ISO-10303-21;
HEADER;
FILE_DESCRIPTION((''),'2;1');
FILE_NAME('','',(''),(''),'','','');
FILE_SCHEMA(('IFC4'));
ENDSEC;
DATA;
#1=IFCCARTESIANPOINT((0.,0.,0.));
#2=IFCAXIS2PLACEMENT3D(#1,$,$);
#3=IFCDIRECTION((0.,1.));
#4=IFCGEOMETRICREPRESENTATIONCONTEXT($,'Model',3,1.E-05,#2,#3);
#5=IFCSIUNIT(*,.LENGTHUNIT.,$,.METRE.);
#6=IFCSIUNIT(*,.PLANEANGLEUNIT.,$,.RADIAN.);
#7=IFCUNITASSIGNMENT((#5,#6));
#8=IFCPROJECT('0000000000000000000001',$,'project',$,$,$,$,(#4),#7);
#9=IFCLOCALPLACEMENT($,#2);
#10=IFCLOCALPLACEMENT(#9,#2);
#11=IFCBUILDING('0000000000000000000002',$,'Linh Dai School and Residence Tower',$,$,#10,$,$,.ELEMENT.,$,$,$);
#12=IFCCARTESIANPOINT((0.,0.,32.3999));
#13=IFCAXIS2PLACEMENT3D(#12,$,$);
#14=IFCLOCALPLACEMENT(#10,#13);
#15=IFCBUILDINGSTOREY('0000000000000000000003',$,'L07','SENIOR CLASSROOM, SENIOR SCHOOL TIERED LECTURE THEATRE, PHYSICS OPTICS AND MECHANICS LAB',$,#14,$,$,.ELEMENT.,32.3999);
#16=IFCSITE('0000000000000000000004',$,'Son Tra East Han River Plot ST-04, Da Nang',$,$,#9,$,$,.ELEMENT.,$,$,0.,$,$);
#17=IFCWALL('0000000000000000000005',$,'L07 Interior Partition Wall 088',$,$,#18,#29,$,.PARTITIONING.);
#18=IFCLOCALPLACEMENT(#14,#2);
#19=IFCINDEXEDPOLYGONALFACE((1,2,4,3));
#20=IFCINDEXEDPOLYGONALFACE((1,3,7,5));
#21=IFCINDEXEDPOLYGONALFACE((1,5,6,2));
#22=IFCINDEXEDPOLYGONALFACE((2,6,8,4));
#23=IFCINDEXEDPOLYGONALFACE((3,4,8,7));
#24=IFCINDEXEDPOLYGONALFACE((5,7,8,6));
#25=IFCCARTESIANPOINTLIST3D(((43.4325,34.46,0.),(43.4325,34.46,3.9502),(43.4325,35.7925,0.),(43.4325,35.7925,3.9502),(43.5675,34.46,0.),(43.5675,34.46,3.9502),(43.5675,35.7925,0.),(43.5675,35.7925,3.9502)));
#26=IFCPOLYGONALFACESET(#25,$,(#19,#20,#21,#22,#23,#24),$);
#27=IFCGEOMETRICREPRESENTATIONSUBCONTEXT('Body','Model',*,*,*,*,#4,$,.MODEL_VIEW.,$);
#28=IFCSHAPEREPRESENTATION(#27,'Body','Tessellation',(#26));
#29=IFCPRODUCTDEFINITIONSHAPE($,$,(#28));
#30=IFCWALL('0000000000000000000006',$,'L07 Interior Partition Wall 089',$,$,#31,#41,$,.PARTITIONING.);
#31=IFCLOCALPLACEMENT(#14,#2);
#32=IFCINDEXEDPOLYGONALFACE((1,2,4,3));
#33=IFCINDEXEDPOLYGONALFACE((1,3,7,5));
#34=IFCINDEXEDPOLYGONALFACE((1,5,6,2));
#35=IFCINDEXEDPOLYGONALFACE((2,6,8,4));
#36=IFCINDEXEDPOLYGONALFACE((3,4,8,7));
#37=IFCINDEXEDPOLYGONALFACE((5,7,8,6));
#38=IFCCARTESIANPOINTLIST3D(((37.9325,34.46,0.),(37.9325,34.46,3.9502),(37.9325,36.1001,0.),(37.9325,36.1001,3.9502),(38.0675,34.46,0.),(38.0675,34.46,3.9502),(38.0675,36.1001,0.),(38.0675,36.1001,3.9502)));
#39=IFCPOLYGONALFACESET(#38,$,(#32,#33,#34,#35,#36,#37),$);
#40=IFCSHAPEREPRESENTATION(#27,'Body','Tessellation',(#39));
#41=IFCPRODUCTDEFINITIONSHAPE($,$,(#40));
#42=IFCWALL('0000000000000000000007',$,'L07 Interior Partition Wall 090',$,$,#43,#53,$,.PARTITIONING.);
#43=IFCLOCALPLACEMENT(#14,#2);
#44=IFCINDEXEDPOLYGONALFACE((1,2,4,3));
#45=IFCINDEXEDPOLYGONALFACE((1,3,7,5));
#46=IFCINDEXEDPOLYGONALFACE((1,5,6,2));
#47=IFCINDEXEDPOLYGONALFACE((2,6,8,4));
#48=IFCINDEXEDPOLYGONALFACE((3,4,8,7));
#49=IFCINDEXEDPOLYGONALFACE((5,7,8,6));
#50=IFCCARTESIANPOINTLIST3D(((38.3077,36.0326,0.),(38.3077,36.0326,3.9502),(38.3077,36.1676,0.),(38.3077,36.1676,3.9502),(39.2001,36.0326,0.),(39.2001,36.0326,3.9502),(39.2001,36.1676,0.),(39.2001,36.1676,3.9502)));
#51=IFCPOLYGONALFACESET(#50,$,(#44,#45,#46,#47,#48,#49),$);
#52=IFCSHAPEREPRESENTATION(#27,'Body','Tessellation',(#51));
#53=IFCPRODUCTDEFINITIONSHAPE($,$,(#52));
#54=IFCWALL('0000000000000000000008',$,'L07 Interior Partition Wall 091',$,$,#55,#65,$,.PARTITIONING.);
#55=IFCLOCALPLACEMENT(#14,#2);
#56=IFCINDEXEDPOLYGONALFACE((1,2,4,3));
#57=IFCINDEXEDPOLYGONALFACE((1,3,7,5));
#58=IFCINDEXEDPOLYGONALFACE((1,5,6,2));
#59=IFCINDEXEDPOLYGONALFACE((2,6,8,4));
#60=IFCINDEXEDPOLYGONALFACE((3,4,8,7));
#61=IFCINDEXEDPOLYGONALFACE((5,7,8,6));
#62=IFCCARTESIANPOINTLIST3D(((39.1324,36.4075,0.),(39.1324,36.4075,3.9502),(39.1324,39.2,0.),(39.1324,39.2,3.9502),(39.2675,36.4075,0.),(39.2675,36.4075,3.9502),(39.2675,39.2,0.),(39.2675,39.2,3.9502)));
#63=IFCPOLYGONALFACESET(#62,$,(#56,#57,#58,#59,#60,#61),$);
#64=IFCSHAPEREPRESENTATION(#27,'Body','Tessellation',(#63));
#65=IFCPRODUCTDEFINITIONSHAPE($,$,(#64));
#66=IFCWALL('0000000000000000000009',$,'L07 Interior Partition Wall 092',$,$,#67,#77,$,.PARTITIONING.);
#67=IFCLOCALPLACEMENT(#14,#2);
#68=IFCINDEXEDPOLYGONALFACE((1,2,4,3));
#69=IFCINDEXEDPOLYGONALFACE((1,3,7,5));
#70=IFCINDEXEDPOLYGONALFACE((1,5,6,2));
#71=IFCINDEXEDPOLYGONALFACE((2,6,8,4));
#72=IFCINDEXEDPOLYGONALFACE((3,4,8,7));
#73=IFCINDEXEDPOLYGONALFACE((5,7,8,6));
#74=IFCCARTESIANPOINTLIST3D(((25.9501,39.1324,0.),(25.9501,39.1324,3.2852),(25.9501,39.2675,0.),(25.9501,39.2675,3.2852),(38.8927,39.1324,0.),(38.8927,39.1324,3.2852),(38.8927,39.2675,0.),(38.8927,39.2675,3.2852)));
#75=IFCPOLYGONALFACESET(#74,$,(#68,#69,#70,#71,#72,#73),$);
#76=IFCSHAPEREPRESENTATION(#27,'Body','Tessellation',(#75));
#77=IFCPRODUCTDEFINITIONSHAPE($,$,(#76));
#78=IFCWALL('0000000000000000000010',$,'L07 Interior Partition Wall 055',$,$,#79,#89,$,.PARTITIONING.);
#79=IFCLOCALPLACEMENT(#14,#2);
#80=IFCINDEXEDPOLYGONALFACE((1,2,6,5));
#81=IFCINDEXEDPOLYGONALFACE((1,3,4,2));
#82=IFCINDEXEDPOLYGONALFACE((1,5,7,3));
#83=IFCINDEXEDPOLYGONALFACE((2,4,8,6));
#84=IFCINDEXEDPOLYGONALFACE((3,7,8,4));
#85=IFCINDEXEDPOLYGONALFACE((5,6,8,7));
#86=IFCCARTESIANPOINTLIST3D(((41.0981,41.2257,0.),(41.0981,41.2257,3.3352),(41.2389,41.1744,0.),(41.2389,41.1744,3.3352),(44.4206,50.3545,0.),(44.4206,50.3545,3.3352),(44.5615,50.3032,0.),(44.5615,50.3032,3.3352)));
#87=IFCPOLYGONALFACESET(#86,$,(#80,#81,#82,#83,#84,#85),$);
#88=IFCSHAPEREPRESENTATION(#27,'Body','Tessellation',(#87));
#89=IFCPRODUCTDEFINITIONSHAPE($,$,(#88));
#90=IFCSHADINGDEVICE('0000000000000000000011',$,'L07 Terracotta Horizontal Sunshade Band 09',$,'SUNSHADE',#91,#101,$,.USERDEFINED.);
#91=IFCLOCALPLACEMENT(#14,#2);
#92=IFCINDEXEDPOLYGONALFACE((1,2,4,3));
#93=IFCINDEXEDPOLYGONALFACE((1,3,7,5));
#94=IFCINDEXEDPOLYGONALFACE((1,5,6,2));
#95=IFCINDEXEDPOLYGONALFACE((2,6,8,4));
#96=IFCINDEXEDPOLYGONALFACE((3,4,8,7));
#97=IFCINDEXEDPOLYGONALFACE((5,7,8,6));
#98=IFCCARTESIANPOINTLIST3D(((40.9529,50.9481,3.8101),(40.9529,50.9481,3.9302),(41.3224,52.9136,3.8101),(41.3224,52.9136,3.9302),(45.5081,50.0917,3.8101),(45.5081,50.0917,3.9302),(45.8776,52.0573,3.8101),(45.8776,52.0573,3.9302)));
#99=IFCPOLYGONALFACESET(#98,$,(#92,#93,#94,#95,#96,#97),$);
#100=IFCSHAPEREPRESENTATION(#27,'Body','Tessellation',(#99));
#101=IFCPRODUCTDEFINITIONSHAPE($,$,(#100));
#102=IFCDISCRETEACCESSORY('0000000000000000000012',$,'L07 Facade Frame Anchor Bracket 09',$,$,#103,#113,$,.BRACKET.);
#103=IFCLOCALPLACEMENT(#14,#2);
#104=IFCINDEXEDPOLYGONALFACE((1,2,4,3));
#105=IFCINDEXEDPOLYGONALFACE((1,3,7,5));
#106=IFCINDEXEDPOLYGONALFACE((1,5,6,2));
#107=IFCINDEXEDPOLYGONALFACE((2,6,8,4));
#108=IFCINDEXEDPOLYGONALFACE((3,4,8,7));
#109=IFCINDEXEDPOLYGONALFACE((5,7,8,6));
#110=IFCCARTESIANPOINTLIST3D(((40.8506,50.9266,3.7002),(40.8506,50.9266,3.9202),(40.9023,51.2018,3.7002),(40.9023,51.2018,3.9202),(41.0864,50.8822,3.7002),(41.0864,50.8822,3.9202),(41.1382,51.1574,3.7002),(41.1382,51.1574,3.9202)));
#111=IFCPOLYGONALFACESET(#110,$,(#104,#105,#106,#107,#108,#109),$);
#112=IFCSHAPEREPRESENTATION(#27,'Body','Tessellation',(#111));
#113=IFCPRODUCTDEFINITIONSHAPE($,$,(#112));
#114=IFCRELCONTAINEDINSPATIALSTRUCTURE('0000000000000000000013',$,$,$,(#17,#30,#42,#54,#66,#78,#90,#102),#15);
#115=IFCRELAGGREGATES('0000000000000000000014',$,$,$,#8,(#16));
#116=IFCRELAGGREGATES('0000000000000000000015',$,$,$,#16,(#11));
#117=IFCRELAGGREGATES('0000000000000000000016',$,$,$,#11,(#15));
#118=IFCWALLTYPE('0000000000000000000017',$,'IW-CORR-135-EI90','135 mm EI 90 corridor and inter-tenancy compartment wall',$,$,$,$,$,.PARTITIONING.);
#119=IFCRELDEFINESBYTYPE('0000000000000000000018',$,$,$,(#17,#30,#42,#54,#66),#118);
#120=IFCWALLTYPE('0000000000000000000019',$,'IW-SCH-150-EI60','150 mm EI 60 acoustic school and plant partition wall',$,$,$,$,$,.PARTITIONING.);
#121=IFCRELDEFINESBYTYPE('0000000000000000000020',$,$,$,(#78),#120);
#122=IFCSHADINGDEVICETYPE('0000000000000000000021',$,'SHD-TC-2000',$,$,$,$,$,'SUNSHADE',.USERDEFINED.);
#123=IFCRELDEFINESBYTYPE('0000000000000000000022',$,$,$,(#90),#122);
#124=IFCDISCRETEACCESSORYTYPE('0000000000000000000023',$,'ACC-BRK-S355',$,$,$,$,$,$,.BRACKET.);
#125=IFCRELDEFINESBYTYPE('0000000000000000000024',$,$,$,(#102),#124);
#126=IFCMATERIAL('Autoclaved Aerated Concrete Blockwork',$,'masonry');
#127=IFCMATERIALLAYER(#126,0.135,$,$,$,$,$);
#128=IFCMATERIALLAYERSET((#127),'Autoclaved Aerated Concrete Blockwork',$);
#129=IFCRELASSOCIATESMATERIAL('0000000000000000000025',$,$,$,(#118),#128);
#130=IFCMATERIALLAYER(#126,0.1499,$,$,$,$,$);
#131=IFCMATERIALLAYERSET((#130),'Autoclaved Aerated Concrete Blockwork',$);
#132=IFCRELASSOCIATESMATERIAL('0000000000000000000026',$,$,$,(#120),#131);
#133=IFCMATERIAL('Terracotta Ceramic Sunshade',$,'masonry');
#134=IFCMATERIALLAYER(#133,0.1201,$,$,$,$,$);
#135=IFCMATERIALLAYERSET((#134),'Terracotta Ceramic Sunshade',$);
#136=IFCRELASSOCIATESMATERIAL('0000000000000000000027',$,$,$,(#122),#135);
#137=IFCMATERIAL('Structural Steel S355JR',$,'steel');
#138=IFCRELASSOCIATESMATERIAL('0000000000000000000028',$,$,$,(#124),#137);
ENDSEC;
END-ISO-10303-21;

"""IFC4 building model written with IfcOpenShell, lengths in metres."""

from ifc_helpers import new_model, si_unit, direction, frame, frame_2d, origin, origin_2d, place, context, subcontext, project, spatial, rectangle, extrude, source, transform, mapped, material, layer, layer_set, type_object, element, save


model = new_model("IFC4")

# Units and contexts
model_context = context("Model", 3, precision=1e-05, world=origin(), true_north=direction((0.0, 1.0)))
body_context = subcontext(model_context, "Body", "Model", "MODEL_VIEW")
ifc_project = project(units=[si_unit("LENGTHUNIT", "METRE"), si_unit("PLANEANGLEUNIT", "RADIAN")], contexts=[model_context])

# Site, building, storey
site_placement = place(None, origin())
site = spatial("IfcSite", under=ifc_project, at=site_placement, Name="Son Tra East Han River Plot ST-04, Da Nang", CompositionType="ELEMENT", RefElevation=0.0)
building_placement = place(site_placement, origin())
building = spatial("IfcBuilding", under=site, at=building_placement, Name="Linh Dai School and Residence Tower", CompositionType="ELEMENT")
storey_placement = place(building_placement, frame((0.0, 0.0, 32.3999)))
storey = spatial("IfcBuildingStorey", under=building, at=storey_placement, Name="L07", Description="SENIOR CLASSROOM, SENIOR SCHOOL TIERED LECTURE THEATRE, PHYSICS OPTICS AND MECHANICS LAB", CompositionType="ELEMENT", Elevation=32.3999)

# Shared definitions
ifc_material_1 = material(Name="Structural Steel S355JR", Category="steel")

# Walls
ifc_material_2 = material(Name="Autoclaved Aerated Concrete Blockwork", Category="masonry")
ifc_layer_1 = layer(ifc_material_2, 0.135)
ifc_layer_set_1 = layer_set([ifc_layer_1], Name="Autoclaved Aerated Concrete Blockwork")
wall_type_1 = type_object("IfcWallType", Name="IW-CORR-135-EI90", Description="135 mm EI 90 corridor and inter-tenancy compartment wall", PredefinedType="PARTITIONING", material=ifc_layer_set_1)
wall_1_placement = place(storey_placement, frame((43.5, 35.7925, 0.0), z_axis=(0.0, 0.0, 1.0), x_axis=(0.0, -1.0, 0.0)))
element("IfcWall", 1, at=wall_1_placement, inside=storey, type_object=wall_type_1, Name="L07 Interior Partition Wall 088", PredefinedType="PARTITIONING", context=body_context, shape_type="SweptSolid", body=[
    extrude(rectangle(XDim=1.3325, YDim=0.135, at=frame_2d((0.6663, 0.0))), origin(), (0.0, 0.0, 1.0), 3.9502),
])
wall_2_placement = place(storey_placement, frame((38.0, 34.46, 0.0), z_axis=(0.0, 0.0, 1.0), x_axis=(0.0, 1.0, 0.0)))
element("IfcWall", 2, at=wall_2_placement, inside=storey, type_object=wall_type_1, Name="L07 Interior Partition Wall 089", PredefinedType="PARTITIONING", context=body_context, shape_type="SweptSolid", body=[
    extrude(rectangle(XDim=1.6401, YDim=0.135, at=frame_2d((0.8201, 0.0))), origin(), (0.0, 0.0, 1.0), 3.9502),
])
wall_3_placement = place(storey_placement, frame((38.3076, 36.1001, 0.0), z_axis=(0.0, 0.0, 1.0), x_axis=(1.0, 0.0, 0.0)))
element("IfcWall", 3, at=wall_3_placement, inside=storey, type_object=wall_type_1, Name="L07 Interior Partition Wall 090", PredefinedType="PARTITIONING", context=body_context, shape_type="SweptSolid", body=[
    extrude(rectangle(XDim=0.8923, YDim=0.135, at=frame_2d((0.4463, 0.0))), origin(), (0.0, 0.0, 1.0), 3.9502),
])
wall_4_placement = place(storey_placement, frame((39.2, 36.4075, 0.0), z_axis=(0.0, 0.0, 1.0), x_axis=(0.0, 1.0, 0.0)))
element("IfcWall", 4, at=wall_4_placement, inside=storey, type_object=wall_type_1, Name="L07 Interior Partition Wall 091", PredefinedType="PARTITIONING", context=body_context, shape_type="SweptSolid", body=[
    extrude(rectangle(XDim=2.7925, YDim=0.135, at=frame_2d((1.3962, 0.0))), origin(), (0.0, 0.0, 1.0), 3.9502),
])
wall_5_placement = place(storey_placement, frame((38.8926, 39.2, 0.0), z_axis=(0.0, 0.0, 1.0), x_axis=(-1.0, 0.0, 0.0)))
element("IfcWall", 5, at=wall_5_placement, inside=storey, type_object=wall_type_1, Name="L07 Interior Partition Wall 092", PredefinedType="PARTITIONING", context=body_context, shape_type="SweptSolid", body=[
    extrude(rectangle(XDim=12.9426, YDim=0.135, at=frame_2d((6.4712, 0.0))), origin(), (0.0, 0.0, 1.0), 3.2852),
])
ifc_layer_2 = layer(ifc_material_2, 0.1499)
ifc_layer_set_2 = layer_set([ifc_layer_2], Name="Autoclaved Aerated Concrete Blockwork")
wall_type_2 = type_object("IfcWallType", Name="IW-SCH-150-EI60", Description="150 mm EI 60 acoustic school and plant partition wall", PredefinedType="PARTITIONING", material=ifc_layer_set_2)
wall_6_placement = place(storey_placement, frame((41.1685, 41.2, 0.0), z_axis=(0.0, 0.0, 1.0), x_axis=(0.342015, 0.939694, 0.0)))
element("IfcWall", 6, at=wall_6_placement, inside=storey, type_object=wall_type_2, Name="L07 Interior Partition Wall 055", PredefinedType="PARTITIONING", context=body_context, shape_type="SweptSolid", body=[
    extrude(rectangle(XDim=9.7146, YDim=0.1499, at=frame_2d((4.8574, 0.0))), origin(), (0.0, 0.0, 1.0), 3.3352),
])

# Shading device
ifc_material_3 = material(Name="Terracotta Ceramic Sunshade", Category="masonry")
ifc_layer_3 = layer(ifc_material_3, 0.1201)
ifc_layer_set_3 = layer_set([ifc_layer_3], Name="Terracotta Ceramic Sunshade")
shading_device_type = type_object("IfcShadingDeviceType", Name="SHD-TC-2000", ElementType="SUNSHADE", PredefinedType="USERDEFINED", material=ifc_layer_set_3)
shared_shape_1 = source(origin(), body_context, "Body", "SweptSolid", [
    extrude(rectangle(XDim=4.635, YDim=2.0, at=origin_2d()), origin(), (0.0, 0.0, 1.0), 0.1201),
])
shading_device_placement = place(storey_placement, frame((43.4153, 51.5027, 3.8101), z_axis=(0.0, 0.0, 1.0), x_axis=(0.982786, -0.184748, 0.0)))
element("IfcShadingDevice", 7, at=shading_device_placement, inside=storey, type_object=shading_device_type, Name="L07 Terracotta Horizontal Sunshade Band 09", ObjectType="SUNSHADE", PredefinedType="USERDEFINED", context=body_context, shape_type="MappedRepresentation", body=[
    mapped(shared_shape_1, transform((0.0, 0.0, 0.0), x_axis=(1.0, 0.0, 0.0), y_axis=(0.0, 1.0, 0.0), z_axis=(0.0, 0.0, 1.0), scale=1.0)),
])

# Discrete accessory
discrete_accessory_type = type_object("IfcDiscreteAccessoryType", Name="ACC-BRK-S355", PredefinedType="BRACKET", material=ifc_material_1)
shared_shape_2 = source(origin(), body_context, "Body", "SweptSolid", [
    extrude(rectangle(XDim=0.28, YDim=0.24, at=origin_2d()), origin(), (0.0, 0.0, 1.0), 0.22),
])
discrete_accessory_placement = place(storey_placement, frame((40.9944, 51.042, 3.7002), z_axis=(0.0, 0.0, 1.0), x_axis=(0.184748, 0.982786, 0.0)))
element("IfcDiscreteAccessory", 8, at=discrete_accessory_placement, inside=storey, type_object=discrete_accessory_type, Name="L07 Facade Frame Anchor Bracket 09", PredefinedType="BRACKET", context=body_context, shape_type="MappedRepresentation", body=[
    mapped(shared_shape_2, transform((0.0, 0.0, 0.0), x_axis=(1.0, 0.0, 0.0), y_axis=(0.0, 1.0, 0.0), z_axis=(0.0, 0.0, 1.0), scale=1.0)),
])

save(model, "model.ifc")
